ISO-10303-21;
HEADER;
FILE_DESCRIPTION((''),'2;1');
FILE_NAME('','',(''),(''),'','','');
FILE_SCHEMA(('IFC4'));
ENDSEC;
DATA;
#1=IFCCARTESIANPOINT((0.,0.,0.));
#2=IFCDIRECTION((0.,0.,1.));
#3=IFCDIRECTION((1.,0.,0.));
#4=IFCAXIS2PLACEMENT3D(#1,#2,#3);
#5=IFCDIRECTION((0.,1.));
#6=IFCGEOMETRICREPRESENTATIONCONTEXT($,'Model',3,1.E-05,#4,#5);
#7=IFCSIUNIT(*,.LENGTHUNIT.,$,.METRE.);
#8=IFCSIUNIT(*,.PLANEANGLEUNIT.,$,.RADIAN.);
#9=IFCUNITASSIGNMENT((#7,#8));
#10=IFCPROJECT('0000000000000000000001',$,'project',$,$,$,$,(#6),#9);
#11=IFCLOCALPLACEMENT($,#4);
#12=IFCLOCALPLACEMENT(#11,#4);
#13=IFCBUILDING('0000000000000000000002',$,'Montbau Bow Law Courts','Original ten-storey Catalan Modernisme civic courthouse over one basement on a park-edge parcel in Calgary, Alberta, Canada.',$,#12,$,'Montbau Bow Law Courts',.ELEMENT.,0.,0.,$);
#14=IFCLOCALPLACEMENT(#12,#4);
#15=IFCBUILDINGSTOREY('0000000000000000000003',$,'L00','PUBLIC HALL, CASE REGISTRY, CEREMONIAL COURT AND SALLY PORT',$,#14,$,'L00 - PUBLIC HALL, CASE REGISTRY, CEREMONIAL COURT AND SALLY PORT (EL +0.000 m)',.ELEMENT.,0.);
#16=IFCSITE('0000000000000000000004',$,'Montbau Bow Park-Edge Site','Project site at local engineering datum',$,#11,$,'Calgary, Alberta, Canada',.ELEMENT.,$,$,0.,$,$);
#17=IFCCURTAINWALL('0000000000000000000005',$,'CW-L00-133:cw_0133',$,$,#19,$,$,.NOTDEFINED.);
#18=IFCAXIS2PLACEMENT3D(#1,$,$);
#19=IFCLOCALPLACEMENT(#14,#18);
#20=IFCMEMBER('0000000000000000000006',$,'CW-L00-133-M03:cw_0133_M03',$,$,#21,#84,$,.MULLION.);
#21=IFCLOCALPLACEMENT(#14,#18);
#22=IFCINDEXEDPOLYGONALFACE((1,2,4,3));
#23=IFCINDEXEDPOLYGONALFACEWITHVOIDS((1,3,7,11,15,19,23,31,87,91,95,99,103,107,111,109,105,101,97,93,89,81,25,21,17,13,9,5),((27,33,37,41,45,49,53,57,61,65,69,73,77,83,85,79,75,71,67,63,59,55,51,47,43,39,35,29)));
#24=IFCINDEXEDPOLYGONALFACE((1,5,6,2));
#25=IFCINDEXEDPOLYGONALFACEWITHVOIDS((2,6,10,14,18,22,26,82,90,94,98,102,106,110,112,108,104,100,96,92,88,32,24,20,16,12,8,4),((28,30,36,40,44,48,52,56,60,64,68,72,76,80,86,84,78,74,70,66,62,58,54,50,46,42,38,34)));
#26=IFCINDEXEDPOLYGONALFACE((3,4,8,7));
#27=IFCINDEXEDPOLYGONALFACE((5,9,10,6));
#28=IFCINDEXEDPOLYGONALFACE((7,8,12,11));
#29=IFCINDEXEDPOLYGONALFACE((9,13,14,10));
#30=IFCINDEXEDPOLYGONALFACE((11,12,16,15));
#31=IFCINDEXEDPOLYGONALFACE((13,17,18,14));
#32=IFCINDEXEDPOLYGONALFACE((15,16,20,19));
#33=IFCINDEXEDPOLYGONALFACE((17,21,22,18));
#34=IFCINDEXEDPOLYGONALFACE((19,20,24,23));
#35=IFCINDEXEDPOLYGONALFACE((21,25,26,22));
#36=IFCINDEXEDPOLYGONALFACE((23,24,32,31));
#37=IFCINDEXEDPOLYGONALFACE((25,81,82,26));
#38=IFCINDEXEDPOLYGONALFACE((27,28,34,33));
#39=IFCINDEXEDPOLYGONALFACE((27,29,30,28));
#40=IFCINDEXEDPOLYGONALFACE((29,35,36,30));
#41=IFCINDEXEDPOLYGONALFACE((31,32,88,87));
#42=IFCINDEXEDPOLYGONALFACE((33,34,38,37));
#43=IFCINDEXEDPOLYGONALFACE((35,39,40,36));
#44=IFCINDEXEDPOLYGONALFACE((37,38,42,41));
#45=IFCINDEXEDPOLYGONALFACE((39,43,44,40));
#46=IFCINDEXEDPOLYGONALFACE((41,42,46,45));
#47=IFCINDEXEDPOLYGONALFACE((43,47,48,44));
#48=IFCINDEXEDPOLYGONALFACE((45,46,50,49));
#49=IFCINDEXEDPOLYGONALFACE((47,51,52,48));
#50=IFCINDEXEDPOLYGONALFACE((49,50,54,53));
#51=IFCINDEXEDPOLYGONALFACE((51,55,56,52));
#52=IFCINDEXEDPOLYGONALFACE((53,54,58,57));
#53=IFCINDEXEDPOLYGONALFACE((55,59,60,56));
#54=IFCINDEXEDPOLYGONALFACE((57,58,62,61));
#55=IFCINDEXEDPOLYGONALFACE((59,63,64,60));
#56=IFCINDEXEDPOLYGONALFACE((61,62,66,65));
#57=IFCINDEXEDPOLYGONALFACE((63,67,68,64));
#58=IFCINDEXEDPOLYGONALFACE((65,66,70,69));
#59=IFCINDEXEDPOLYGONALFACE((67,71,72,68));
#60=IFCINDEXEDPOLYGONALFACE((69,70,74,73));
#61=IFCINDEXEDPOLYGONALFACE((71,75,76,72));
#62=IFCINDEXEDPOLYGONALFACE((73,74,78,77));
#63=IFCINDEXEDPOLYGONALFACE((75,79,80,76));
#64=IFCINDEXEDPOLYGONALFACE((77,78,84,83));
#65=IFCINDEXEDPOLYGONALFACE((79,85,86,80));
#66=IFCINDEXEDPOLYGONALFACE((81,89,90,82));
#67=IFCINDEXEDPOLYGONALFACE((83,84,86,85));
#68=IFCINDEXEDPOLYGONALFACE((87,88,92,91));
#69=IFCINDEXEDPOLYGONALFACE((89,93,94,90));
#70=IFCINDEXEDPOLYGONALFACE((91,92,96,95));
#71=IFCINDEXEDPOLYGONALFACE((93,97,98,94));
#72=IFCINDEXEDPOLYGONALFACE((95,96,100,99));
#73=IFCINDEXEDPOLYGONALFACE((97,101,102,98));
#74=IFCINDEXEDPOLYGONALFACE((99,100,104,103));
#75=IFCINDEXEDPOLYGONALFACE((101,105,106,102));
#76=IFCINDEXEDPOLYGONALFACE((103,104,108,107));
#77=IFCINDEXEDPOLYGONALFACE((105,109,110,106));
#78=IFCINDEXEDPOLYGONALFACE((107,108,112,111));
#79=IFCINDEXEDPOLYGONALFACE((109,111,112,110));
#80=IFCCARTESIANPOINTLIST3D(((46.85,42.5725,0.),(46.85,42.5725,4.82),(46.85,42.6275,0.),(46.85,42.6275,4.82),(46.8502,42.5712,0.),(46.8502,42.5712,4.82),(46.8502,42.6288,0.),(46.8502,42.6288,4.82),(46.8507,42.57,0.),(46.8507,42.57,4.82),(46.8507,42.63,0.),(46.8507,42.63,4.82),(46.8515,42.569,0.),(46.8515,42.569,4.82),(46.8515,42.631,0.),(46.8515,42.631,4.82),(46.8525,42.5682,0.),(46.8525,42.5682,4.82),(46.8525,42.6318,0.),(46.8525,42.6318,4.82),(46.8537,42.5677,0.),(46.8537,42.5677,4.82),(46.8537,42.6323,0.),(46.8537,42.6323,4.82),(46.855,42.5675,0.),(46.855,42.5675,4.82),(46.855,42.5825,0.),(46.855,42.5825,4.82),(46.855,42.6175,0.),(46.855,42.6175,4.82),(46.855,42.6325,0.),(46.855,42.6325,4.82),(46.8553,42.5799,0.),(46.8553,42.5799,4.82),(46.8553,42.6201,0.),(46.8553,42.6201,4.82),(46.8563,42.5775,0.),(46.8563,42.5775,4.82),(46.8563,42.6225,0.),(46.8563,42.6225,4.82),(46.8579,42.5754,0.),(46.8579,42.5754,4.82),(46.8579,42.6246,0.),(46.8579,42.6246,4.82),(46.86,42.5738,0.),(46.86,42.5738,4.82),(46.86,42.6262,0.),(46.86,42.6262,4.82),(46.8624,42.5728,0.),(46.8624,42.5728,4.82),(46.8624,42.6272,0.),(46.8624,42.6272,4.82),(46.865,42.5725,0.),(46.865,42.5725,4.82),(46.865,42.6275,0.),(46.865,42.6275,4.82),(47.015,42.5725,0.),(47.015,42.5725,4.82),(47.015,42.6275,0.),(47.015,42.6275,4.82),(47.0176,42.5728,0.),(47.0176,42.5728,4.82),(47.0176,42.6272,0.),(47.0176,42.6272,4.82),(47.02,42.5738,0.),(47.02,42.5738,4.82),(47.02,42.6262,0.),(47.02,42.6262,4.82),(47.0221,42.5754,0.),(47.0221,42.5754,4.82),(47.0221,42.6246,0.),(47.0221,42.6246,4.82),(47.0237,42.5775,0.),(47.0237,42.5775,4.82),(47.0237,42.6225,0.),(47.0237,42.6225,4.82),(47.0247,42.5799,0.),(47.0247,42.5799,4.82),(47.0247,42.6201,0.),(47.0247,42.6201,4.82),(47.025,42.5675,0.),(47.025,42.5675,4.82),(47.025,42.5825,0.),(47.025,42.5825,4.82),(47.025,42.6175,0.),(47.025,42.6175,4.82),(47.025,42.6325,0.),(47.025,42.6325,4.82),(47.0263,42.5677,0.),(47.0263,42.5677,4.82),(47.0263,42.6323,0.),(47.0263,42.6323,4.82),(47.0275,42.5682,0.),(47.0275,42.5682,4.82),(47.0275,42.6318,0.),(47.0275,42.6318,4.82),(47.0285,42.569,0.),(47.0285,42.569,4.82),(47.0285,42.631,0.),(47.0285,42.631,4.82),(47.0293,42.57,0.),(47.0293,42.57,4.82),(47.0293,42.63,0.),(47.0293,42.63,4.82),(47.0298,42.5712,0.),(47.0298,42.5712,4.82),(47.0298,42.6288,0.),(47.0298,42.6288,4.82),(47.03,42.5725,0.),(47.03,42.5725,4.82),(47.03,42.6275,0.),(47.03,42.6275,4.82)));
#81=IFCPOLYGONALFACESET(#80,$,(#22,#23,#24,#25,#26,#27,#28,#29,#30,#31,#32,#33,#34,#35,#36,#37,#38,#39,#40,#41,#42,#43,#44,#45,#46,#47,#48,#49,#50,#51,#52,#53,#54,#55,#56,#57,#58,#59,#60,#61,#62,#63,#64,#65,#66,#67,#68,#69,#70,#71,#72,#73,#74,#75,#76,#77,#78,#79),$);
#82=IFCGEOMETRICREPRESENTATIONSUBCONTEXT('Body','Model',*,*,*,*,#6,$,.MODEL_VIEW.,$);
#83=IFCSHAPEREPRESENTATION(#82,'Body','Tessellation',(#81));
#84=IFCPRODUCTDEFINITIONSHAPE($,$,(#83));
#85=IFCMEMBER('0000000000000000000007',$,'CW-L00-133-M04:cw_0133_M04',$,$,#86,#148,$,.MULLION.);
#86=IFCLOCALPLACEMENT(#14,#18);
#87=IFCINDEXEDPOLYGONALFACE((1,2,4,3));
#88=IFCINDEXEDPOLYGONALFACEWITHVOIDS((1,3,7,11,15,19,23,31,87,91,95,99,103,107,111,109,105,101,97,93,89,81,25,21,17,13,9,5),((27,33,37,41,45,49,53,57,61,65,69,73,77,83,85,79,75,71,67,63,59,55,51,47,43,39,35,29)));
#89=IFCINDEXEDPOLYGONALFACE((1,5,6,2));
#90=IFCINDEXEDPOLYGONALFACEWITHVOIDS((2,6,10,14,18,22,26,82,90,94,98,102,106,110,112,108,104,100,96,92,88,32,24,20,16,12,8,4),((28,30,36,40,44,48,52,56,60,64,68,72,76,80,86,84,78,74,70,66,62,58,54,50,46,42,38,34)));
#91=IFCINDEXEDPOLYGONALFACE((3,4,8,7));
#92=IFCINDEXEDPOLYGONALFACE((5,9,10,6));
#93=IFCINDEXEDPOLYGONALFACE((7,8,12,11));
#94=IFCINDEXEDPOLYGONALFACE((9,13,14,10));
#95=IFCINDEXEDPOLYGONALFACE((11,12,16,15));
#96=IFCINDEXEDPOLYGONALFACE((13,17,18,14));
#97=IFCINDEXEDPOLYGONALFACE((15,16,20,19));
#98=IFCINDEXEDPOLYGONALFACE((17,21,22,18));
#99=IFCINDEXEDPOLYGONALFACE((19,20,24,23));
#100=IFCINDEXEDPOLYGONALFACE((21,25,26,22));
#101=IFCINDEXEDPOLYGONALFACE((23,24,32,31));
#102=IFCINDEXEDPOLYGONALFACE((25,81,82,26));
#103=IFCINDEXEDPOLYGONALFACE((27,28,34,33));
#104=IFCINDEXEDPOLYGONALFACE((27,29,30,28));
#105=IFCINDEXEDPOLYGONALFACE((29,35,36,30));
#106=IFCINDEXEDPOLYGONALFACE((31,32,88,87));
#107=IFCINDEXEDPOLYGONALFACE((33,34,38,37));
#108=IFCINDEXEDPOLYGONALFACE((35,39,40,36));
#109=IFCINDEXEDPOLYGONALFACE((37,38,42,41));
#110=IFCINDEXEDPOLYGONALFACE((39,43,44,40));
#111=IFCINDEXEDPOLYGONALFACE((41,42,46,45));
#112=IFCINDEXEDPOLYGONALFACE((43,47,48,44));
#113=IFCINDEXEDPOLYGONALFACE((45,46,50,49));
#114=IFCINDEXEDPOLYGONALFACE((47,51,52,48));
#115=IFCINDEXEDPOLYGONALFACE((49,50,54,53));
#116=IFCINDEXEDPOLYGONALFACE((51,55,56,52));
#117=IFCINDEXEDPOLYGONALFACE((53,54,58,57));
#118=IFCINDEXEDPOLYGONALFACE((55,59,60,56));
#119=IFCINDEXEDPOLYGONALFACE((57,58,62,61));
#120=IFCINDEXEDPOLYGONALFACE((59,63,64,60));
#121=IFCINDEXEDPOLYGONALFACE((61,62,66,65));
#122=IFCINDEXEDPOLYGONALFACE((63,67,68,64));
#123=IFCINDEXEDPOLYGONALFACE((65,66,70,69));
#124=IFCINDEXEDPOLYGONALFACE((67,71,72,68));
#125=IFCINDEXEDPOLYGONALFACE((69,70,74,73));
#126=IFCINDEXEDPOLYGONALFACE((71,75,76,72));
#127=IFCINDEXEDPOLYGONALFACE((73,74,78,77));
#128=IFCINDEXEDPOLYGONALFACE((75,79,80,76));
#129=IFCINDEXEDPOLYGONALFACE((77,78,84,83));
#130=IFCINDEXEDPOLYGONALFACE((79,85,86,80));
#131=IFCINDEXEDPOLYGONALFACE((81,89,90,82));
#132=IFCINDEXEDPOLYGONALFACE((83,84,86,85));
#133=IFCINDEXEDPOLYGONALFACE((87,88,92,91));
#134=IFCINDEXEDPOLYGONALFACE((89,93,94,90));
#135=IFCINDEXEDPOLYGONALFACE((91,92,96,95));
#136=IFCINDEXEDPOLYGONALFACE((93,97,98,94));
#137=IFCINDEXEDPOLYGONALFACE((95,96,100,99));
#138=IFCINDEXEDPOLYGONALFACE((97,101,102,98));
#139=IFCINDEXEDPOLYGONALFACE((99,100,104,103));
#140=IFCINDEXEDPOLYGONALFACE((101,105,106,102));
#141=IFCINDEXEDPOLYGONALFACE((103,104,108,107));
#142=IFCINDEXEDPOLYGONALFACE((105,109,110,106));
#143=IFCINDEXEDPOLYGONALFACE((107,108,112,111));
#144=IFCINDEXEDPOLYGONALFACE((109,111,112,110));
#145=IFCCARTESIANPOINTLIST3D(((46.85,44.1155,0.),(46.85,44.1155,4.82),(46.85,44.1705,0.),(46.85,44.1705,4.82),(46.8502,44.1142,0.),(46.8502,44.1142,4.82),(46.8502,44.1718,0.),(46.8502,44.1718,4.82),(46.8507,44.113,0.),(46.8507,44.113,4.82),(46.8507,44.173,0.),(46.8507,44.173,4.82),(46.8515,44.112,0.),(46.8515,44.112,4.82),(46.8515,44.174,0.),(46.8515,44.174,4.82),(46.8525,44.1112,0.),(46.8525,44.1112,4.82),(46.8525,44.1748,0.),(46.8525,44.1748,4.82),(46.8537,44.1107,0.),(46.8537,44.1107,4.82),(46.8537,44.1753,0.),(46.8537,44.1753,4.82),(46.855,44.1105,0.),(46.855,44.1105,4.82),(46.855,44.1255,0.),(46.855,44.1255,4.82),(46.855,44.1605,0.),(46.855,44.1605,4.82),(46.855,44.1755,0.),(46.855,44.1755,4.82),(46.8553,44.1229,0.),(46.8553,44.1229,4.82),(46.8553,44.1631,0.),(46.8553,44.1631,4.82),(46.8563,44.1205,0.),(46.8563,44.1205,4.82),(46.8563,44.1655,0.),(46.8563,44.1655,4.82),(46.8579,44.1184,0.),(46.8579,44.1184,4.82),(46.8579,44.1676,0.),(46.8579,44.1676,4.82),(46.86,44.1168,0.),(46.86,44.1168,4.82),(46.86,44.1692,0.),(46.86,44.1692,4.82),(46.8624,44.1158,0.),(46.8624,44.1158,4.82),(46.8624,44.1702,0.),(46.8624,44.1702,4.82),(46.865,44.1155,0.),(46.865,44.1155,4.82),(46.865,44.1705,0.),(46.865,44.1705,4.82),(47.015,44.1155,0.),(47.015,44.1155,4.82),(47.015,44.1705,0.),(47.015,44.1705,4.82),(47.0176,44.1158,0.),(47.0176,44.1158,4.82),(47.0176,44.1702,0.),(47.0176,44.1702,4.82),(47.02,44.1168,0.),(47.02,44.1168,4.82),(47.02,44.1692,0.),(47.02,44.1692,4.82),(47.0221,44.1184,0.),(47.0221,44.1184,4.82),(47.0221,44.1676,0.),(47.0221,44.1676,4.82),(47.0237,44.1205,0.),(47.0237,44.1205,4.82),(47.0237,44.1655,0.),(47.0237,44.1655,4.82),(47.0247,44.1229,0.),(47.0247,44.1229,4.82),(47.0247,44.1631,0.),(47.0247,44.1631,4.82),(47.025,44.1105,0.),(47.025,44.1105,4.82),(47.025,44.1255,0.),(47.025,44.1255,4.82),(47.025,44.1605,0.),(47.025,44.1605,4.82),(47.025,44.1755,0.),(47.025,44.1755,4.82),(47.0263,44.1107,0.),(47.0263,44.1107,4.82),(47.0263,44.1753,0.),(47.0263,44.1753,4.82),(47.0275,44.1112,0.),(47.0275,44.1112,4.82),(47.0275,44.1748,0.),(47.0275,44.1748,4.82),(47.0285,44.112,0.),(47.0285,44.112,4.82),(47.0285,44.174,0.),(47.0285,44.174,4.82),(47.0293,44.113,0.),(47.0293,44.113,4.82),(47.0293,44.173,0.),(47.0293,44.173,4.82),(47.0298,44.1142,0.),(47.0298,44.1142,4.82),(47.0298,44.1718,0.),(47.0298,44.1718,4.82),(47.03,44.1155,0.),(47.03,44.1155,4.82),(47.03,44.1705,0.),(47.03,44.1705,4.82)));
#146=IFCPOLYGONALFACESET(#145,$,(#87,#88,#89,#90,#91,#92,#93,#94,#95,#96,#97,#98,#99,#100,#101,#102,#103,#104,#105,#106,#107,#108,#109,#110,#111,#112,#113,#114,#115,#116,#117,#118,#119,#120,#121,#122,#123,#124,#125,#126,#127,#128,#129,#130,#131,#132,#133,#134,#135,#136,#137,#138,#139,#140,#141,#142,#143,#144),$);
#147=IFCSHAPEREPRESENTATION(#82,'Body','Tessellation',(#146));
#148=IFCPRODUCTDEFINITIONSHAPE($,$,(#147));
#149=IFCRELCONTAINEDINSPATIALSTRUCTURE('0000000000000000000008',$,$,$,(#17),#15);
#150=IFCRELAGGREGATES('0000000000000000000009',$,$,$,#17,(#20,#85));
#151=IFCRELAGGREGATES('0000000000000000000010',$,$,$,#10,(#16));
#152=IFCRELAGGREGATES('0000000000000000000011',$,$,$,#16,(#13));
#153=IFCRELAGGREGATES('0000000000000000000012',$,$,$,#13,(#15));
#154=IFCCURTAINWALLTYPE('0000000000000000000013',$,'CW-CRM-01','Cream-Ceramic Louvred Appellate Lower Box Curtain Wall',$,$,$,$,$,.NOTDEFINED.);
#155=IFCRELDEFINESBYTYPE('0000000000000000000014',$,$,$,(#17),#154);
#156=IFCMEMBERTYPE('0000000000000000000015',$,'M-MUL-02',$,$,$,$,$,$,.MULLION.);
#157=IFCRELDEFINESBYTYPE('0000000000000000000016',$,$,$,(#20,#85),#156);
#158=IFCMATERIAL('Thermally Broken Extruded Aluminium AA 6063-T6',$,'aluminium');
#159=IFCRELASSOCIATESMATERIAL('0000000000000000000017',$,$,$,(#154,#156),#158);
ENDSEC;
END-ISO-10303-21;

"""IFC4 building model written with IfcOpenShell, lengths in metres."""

from ifc_helpers import new_model, si_unit, direction, frame, origin_with_axes, origin_2d_with_axis, place, context, subcontext, project, spatial, hollow_rectangle, extrude, material, material_profile, profile_set, type_object, element, aggregate, save


model = new_model("IFC4")

# Units and contexts
model_context = context("Model", 3, precision=1e-05, world=origin_with_axes(), true_north=direction((0.0, 1.0)))
body_context = subcontext(model_context, "Body", "Model", "MODEL_VIEW")
ifc_project = project(units=[si_unit("LENGTHUNIT", "METRE"), si_unit("PLANEANGLEUNIT", "RADIAN")], contexts=[model_context])

# Site, building, storey
site_placement = place(None, origin_with_axes())
site = spatial("IfcSite", under=ifc_project, at=site_placement, Name="Montbau Bow Park-Edge Site", Description="Project site at local engineering datum", LongName="Calgary, Alberta, Canada", CompositionType="ELEMENT", RefElevation=0.0)
building_placement = place(site_placement, origin_with_axes())
building = spatial("IfcBuilding", under=site, at=building_placement, Name="Montbau Bow Law Courts", Description="Original ten-storey Catalan Modernisme civic courthouse over one basement on a park-edge parcel in Calgary, Alberta, Canada.", LongName="Montbau Bow Law Courts", CompositionType="ELEMENT", ElevationOfRefHeight=0.0, ElevationOfTerrain=0.0)
storey_placement = place(building_placement, origin_with_axes())
storey = spatial("IfcBuildingStorey", under=building, at=storey_placement, Name="L00", Description="PUBLIC HALL, CASE REGISTRY, CEREMONIAL COURT AND SALLY PORT", LongName="L00 - PUBLIC HALL, CASE REGISTRY, CEREMONIAL COURT AND SALLY PORT (EL +0.000 m)", CompositionType="ELEMENT", Elevation=0.0)

# Shared definitions
ifc_material_1 = material(Name="Thermally Broken Extruded Aluminium AA 6063-T6", Category="aluminium")

# Curtain wall, members
curtain_wall_type_1 = type_object("IfcCurtainWallType", Name="CW-CRM-01", Description="Cream-Ceramic Louvred Appellate Lower Box Curtain Wall", PredefinedType="NOTDEFINED", material=ifc_material_1)
curtain_wall_1_placement = place(None, frame((46.94, 39.515, 0.0), z_axis=(0.0, 0.0, 1.0), x_axis=(1.0, 0.0, 0.0)))
curtain_wall_1 = element("IfcCurtainWall", 1, at=curtain_wall_1_placement, inside=storey, type_object=curtain_wall_type_1, Name="CW-L00-133:cw_0133", PredefinedType="NOTDEFINED")
ifc_material_profile_1 = material_profile(ifc_material_1, hollow_rectangle(XDim=0.065, YDim=0.18, WallThickness=0.005, InnerFilletRadius=0.01, OuterFilletRadius=0.005, at=origin_2d_with_axis()), Name="CWM-180X65", Category="Main", Priority=0)
ifc_profile_set_1 = profile_set([ifc_material_profile_1], Name="Thermally Broken Extruded Aluminium AA 6063-T6")
member_type_1 = type_object("IfcMemberType", Name="M-MUL-02", PredefinedType="MULLION", material=ifc_profile_set_1)
member_1_placement = place(None, frame((46.94, 42.6, 0.0), z_axis=(0.0, 0.0, 1.0), x_axis=(0.0, 1.0, 0.0)))
member_1 = element("IfcMember", 2, at=member_1_placement, type_object=member_type_1, Name="CW-L00-133-M03:cw_0133_M03", PredefinedType="MULLION", context=body_context, shape_type="SweptSolid", body=[
    extrude(hollow_rectangle(XDim=0.065, YDim=0.18, WallThickness=0.005, InnerFilletRadius=0.01, OuterFilletRadius=0.005, at=origin_2d_with_axis()), origin_with_axes(), (0.0, 0.0, 1.0), 4.82),
])
member_2_placement = place(None, frame((46.94, 44.143, 0.0), z_axis=(0.0, 0.0, 1.0), x_axis=(0.0, 1.0, 0.0)))
member_2 = element("IfcMember", 3, at=member_2_placement, type_object=member_type_1, Name="CW-L00-133-M04:cw_0133_M04", PredefinedType="MULLION", context=body_context, shape_type="SweptSolid", body=[
    extrude(hollow_rectangle(XDim=0.065, YDim=0.18, WallThickness=0.005, InnerFilletRadius=0.01, OuterFilletRadius=0.005, at=origin_2d_with_axis()), origin_with_axes(), (0.0, 0.0, 1.0), 4.82),
])

aggregate(curtain_wall_1, [member_1, member_2])

save(model, "model.ifc")
